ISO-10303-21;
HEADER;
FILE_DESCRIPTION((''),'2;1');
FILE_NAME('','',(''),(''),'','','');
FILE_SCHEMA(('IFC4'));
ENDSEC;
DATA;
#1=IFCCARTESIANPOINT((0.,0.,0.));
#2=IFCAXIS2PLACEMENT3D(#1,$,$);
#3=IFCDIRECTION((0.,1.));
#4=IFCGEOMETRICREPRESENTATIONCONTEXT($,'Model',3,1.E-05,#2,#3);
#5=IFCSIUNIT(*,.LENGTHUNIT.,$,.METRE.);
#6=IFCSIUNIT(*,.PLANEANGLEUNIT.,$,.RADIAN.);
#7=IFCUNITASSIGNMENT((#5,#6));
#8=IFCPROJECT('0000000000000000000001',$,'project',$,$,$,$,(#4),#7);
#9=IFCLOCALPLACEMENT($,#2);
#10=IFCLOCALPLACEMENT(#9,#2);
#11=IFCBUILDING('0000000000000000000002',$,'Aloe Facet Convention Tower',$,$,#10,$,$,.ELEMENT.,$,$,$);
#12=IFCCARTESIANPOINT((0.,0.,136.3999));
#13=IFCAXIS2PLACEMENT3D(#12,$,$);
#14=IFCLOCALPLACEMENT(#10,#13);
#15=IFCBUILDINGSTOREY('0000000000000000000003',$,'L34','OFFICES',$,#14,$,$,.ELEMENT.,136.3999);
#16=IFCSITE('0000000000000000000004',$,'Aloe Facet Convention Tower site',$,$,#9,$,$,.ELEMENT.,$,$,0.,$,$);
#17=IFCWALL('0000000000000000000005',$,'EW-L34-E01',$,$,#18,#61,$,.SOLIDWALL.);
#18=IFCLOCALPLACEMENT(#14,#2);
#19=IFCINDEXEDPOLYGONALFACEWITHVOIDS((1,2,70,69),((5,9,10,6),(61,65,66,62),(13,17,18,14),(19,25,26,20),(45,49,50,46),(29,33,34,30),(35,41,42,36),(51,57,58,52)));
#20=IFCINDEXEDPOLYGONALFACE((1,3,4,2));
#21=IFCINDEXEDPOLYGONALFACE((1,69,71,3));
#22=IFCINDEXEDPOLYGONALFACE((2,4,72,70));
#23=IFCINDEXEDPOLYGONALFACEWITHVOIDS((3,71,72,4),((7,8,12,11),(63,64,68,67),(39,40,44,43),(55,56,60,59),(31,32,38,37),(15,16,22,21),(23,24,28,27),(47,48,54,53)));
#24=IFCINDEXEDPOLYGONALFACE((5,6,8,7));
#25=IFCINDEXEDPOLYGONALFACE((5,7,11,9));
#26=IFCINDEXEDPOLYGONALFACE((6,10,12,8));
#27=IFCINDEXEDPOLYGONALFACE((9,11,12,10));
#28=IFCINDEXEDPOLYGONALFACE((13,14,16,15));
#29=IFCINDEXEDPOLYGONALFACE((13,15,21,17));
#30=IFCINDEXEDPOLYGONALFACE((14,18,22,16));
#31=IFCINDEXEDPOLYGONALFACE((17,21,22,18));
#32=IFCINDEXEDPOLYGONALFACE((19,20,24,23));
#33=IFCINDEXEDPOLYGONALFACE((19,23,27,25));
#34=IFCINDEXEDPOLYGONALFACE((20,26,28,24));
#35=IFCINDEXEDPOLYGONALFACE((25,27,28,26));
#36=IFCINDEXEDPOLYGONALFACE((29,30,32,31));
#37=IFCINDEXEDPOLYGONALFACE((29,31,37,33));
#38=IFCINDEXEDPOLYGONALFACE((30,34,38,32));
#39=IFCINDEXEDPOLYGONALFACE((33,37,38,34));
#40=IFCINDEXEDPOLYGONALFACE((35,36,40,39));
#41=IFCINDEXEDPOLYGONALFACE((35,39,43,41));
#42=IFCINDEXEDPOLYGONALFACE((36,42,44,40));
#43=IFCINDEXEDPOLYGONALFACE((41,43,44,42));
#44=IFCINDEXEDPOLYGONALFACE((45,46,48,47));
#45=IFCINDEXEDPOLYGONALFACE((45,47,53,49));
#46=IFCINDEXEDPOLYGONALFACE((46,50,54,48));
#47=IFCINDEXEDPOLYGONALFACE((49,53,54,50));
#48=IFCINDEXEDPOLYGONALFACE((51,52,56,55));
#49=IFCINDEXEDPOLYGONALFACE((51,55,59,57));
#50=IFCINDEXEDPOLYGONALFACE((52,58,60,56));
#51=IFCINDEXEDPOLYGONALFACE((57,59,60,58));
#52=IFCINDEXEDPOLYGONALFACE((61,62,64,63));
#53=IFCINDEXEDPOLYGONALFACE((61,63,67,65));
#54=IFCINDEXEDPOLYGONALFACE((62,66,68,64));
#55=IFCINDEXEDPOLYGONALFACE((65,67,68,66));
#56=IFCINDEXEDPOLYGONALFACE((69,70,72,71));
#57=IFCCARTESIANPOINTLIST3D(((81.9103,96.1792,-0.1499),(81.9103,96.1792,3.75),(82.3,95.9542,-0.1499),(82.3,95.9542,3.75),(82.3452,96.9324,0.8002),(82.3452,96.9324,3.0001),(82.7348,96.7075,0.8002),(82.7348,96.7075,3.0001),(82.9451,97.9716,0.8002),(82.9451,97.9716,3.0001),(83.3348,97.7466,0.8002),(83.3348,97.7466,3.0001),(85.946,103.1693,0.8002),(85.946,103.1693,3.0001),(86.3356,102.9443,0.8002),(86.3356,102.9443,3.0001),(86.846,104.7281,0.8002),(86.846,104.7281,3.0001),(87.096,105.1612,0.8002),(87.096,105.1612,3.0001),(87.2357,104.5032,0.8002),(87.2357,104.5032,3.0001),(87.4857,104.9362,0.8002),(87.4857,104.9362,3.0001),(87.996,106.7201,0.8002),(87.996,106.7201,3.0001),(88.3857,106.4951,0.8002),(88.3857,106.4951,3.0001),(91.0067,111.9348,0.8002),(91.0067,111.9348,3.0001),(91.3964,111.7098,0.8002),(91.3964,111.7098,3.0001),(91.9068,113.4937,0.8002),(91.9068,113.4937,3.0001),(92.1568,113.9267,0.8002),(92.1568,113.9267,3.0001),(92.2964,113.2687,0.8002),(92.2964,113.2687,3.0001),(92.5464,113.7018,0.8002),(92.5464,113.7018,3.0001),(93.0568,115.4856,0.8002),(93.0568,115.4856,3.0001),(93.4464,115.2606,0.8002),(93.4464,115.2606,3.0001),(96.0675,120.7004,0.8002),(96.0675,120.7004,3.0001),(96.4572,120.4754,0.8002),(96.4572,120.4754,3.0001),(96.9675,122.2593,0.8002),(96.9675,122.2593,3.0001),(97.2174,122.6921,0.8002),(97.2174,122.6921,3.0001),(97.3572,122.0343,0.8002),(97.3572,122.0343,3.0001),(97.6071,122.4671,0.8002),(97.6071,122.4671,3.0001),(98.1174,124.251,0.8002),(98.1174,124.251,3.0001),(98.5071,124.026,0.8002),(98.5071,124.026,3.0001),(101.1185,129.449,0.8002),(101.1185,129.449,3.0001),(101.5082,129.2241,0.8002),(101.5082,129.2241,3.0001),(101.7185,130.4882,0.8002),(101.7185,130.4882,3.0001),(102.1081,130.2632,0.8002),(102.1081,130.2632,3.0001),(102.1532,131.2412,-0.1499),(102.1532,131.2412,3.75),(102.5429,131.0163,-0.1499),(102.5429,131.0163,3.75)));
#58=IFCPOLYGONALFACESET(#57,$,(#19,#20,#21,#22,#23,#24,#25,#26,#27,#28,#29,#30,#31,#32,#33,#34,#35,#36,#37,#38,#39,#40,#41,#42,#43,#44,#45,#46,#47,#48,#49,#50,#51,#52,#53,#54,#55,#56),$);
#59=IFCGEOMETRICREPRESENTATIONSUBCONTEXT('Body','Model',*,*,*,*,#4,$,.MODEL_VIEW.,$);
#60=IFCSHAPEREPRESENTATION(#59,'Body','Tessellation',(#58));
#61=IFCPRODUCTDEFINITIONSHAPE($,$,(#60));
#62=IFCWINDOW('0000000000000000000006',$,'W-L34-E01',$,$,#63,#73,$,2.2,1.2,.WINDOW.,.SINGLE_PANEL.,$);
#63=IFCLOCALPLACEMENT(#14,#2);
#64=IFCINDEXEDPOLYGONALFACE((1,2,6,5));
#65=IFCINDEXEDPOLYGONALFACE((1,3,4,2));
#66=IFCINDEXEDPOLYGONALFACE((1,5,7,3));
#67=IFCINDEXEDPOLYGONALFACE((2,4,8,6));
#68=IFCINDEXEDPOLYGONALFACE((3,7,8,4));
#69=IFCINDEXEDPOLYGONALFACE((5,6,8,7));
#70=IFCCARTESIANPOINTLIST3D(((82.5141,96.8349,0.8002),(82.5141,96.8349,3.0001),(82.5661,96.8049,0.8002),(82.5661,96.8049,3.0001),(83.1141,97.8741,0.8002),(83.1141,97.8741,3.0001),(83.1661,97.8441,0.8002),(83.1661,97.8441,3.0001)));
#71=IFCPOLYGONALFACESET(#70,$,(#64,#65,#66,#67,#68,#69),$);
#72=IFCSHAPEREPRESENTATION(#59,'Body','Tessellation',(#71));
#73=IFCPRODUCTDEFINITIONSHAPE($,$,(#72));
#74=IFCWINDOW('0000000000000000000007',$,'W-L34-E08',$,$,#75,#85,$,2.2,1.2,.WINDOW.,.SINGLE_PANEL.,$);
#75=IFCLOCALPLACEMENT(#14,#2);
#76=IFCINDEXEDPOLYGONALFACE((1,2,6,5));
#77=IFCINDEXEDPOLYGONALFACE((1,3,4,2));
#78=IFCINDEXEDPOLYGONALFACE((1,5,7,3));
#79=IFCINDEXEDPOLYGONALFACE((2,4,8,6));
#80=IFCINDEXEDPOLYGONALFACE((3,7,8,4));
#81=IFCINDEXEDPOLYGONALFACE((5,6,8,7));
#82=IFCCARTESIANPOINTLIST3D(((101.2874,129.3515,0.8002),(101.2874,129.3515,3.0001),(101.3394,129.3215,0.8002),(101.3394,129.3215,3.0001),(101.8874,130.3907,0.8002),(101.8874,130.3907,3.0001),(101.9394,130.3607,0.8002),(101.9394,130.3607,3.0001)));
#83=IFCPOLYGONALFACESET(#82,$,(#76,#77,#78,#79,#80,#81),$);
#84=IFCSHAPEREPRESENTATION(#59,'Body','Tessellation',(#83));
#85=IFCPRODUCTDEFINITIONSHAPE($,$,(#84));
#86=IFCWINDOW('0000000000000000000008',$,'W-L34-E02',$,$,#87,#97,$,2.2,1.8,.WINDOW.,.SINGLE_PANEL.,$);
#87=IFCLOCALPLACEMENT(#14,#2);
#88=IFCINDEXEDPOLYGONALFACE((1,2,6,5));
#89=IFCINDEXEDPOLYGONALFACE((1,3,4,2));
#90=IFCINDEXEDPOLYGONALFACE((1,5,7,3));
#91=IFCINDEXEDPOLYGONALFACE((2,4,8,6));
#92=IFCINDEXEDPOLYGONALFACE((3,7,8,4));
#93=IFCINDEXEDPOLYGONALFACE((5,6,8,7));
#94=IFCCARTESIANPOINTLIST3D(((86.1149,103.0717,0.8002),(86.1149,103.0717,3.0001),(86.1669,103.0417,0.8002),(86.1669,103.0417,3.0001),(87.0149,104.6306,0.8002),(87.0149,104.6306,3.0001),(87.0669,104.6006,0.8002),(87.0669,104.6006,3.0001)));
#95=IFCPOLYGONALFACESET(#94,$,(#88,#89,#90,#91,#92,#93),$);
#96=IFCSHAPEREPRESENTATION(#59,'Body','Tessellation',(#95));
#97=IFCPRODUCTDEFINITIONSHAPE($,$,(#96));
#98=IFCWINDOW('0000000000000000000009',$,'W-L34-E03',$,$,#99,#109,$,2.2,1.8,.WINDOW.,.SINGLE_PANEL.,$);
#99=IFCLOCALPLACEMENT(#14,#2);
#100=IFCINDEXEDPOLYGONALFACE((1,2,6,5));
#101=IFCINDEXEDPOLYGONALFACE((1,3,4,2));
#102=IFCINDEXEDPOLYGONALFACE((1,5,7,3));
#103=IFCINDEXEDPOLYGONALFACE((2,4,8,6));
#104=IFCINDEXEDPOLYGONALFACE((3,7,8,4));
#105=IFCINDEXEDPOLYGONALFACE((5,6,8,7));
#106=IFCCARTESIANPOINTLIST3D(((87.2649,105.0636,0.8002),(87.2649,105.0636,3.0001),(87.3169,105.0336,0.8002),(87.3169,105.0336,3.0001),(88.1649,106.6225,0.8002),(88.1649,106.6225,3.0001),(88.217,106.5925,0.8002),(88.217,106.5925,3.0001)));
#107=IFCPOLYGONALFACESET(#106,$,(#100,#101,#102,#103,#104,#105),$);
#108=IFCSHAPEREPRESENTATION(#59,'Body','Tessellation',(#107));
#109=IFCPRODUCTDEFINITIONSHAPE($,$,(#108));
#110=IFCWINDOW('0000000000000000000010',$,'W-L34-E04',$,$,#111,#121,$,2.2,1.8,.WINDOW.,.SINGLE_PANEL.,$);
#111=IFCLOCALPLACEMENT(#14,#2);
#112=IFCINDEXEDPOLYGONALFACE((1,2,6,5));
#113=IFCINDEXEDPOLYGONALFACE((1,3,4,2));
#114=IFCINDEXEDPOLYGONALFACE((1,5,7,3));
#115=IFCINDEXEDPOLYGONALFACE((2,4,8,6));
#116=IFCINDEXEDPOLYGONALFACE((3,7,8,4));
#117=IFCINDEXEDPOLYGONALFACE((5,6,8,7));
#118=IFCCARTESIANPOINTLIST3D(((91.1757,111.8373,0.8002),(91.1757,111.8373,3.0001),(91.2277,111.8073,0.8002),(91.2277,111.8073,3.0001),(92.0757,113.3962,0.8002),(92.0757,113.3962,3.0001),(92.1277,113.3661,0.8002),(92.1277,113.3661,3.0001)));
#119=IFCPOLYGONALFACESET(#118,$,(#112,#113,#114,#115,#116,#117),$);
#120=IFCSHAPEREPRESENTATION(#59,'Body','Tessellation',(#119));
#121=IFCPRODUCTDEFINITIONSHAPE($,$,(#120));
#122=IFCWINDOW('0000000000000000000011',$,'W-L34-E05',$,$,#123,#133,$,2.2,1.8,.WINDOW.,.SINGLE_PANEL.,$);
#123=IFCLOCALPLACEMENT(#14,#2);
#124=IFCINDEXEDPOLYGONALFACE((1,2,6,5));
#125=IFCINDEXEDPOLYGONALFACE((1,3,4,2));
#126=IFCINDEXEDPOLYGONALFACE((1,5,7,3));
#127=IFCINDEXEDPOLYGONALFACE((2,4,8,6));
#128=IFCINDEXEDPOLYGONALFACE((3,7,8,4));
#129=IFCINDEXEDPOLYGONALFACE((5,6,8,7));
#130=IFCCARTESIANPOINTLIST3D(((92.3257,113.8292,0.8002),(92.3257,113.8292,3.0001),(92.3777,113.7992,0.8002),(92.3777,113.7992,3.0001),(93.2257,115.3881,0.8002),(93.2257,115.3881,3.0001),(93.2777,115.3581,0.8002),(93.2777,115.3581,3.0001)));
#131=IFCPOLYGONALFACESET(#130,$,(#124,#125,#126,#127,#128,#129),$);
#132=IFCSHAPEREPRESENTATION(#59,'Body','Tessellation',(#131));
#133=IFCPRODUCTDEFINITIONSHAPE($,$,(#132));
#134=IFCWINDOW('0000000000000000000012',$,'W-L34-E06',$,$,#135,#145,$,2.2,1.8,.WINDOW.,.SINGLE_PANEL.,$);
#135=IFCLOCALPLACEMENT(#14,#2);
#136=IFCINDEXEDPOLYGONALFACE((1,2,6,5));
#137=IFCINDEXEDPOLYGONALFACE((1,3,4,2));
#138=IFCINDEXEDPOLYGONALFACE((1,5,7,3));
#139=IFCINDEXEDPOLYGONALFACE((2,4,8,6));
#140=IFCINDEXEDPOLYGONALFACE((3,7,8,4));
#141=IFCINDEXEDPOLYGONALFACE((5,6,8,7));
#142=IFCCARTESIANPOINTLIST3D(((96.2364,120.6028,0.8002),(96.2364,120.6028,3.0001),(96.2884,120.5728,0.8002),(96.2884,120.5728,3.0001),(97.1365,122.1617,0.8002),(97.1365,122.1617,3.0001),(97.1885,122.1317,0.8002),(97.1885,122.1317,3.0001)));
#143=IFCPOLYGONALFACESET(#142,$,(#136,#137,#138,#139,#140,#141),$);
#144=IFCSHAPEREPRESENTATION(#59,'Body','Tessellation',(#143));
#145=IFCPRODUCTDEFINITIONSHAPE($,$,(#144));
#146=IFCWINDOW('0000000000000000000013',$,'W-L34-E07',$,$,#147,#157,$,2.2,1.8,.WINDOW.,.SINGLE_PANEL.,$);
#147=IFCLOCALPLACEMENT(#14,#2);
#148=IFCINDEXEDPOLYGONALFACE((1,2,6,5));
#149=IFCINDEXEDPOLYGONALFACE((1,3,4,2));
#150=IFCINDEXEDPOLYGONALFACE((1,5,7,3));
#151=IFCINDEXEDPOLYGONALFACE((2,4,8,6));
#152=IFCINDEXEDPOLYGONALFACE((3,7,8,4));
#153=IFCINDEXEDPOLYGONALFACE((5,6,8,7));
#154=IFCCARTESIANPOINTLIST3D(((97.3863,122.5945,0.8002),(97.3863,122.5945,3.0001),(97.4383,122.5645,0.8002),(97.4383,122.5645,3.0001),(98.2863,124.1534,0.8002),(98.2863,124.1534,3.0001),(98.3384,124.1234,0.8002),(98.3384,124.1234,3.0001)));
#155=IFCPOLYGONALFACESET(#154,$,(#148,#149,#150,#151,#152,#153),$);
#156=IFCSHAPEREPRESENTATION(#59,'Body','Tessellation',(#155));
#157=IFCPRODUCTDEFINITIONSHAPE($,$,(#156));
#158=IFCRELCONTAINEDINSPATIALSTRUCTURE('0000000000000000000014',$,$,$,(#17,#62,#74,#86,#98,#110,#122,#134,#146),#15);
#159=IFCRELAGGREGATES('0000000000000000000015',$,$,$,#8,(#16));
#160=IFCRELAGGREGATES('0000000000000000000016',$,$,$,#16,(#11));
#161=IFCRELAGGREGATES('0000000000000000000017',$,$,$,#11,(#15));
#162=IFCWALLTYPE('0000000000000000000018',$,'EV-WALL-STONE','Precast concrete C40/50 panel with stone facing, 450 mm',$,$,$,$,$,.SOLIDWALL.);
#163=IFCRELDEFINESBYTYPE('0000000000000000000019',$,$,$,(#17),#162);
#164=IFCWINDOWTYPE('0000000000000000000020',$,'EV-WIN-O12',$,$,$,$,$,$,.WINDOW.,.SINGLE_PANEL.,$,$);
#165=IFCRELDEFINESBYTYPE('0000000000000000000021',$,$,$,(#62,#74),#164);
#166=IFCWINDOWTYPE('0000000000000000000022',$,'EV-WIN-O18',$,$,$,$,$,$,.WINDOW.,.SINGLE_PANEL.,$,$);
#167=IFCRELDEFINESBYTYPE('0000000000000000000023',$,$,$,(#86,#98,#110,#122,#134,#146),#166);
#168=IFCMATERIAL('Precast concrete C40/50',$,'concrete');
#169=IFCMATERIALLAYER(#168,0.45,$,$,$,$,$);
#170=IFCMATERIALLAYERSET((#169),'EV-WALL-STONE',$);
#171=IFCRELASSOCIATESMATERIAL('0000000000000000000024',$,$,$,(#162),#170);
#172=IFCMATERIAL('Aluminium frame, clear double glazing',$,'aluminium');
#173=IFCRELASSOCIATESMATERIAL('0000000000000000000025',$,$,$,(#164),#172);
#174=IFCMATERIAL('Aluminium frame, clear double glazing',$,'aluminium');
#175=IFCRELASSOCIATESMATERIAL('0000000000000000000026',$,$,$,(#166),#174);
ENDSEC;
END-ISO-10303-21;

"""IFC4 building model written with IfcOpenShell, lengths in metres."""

from ifc_helpers import new_model, si_unit, direction, frame, frame_2d, origin, place, context, subcontext, project, spatial, polyline, rectangle, outline, extrude, material, layer, layer_set, type_object, element, fill, save


model = new_model("IFC4")

# Units and contexts
model_context = context("Model", 3, precision=1e-05, world=origin(), true_north=direction((0.0, 1.0)))
body_context = subcontext(model_context, "Body", "Model", "MODEL_VIEW")
ifc_project = project(units=[si_unit("LENGTHUNIT", "METRE"), si_unit("PLANEANGLEUNIT", "RADIAN")], contexts=[model_context])

# Site, building, storey
site_placement = place(None, origin())
site = spatial("IfcSite", under=ifc_project, at=site_placement, Name="Aloe Facet Convention Tower site", CompositionType="ELEMENT", RefElevation=0.0)
building_placement = place(site_placement, origin())
building = spatial("IfcBuilding", under=site, at=building_placement, Name="Aloe Facet Convention Tower", CompositionType="ELEMENT")
storey_placement = place(building_placement, frame((0.0, 0.0, 136.3999)))
storey = spatial("IfcBuildingStorey", under=building, at=storey_placement, Name="L34", Description="OFFICES", CompositionType="ELEMENT", Elevation=136.3999)

# Wall, openings, windows
ifc_material_1 = material(Name="Precast concrete C40/50", Category="concrete")
ifc_layer_1 = layer(ifc_material_1, 0.45)
ifc_layer_set_1 = layer_set([ifc_layer_1], Name="EV-WALL-STONE")
wall_type_1 = type_object("IfcWallType", Name="EV-WALL-STONE", Description="Precast concrete C40/50 panel with stone facing, 450 mm", PredefinedType="SOLIDWALL", material=ifc_layer_set_1)
wall_1_placement = place(storey_placement, frame((82.1052, 96.0667, -0.1499), z_axis=(0.0, 0.0, 1.0), x_axis=(0.499997, 0.866027, 0.0)))
wall_1 = element("IfcWall", 1, at=wall_1_placement, inside=storey, type_object=wall_type_1, Name="EW-L34-E01", PredefinedType="SOLIDWALL", context=body_context, shape_type="SweptSolid", body=[
    extrude(outline(polyline([(40.4861, 0.0), (40.4861, 3.8999), (0.0, 3.8999), (0.0, 0.0), (40.4861, 0.0)])), frame((0.0, 0.2251, 0.0), z_axis=(0.0, -1.0, 0.0), x_axis=(1.0, 0.0, 0.0)), (0.0, 0.0, 1.0), 0.45),
])
opening_1_placement = place(wall_1_placement, frame((0.8696, 0.0, 0.95)))
opening_1 = element("IfcOpeningElement", 2, at=opening_1_placement, cuts=wall_1, PredefinedType="OPENING", context=body_context, shape_type="SweptSolid", body=[
    extrude(rectangle(XDim=1.2, YDim=2.2, at=frame_2d((0.6001, 1.1001))), frame((0.0, 0.2349, 0.0), z_axis=(0.0, -1.0, 0.0), x_axis=(1.0, 0.0, 0.0)), (0.0, 0.0, 1.0), 0.47),
])
opening_2_placement = place(wall_1_placement, frame((8.0715, 0.0, 0.95)))
opening_2 = element("IfcOpeningElement", 3, at=opening_2_placement, cuts=wall_1, PredefinedType="OPENING", context=body_context, shape_type="SweptSolid", body=[
    extrude(rectangle(XDim=1.8, YDim=2.2, at=frame_2d((0.8999, 1.1001))), frame((0.0, 0.2349, 0.0), z_axis=(0.0, -1.0, 0.0), x_axis=(1.0, 0.0, 0.0)), (0.0, 0.0, 1.0), 0.47),
])
opening_3_placement = place(wall_1_placement, frame((10.3716, 0.0, 0.95)))
opening_3 = element("IfcOpeningElement", 4, at=opening_3_placement, cuts=wall_1, PredefinedType="OPENING", context=body_context, shape_type="SweptSolid", body=[
    extrude(rectangle(XDim=1.8, YDim=2.2, at=frame_2d((0.8999, 1.1001))), frame((0.0, 0.2349, 0.0), z_axis=(0.0, -1.0, 0.0), x_axis=(1.0, 0.0, 0.0)), (0.0, 0.0, 1.0), 0.47),
])
opening_4_placement = place(wall_1_placement, frame((18.1931, 0.0, 0.95)))
opening_4 = element("IfcOpeningElement", 5, at=opening_4_placement, cuts=wall_1, PredefinedType="OPENING", context=body_context, shape_type="SweptSolid", body=[
    extrude(rectangle(XDim=1.8, YDim=2.2, at=frame_2d((0.8999, 1.1001))), frame((0.0, 0.2349, 0.0), z_axis=(0.0, -1.0, 0.0), x_axis=(1.0, 0.0, 0.0)), (0.0, 0.0, 1.0), 0.47),
])
opening_5_placement = place(wall_1_placement, frame((20.4932, 0.0, 0.95)))
opening_5 = element("IfcOpeningElement", 6, at=opening_5_placement, cuts=wall_1, PredefinedType="OPENING", context=body_context, shape_type="SweptSolid", body=[
    extrude(rectangle(XDim=1.8, YDim=2.2, at=frame_2d((0.8999, 1.1001))), frame((0.0, 0.2349, 0.0), z_axis=(0.0, -1.0, 0.0), x_axis=(1.0, 0.0, 0.0)), (0.0, 0.0, 1.0), 0.47),
])
opening_6_placement = place(wall_1_placement, frame((28.3147, 0.0, 0.95)))
opening_6 = element("IfcOpeningElement", 7, at=opening_6_placement, cuts=wall_1, PredefinedType="OPENING", context=body_context, shape_type="SweptSolid", body=[
    extrude(rectangle(XDim=1.8, YDim=2.2, at=frame_2d((0.8999, 1.1001))), frame((0.0, 0.2349, 0.0), z_axis=(0.0, -1.0, 0.0), x_axis=(1.0, 0.0, 0.0)), (0.0, 0.0, 1.0), 0.47),
])
opening_7_placement = place(wall_1_placement, frame((30.6145, 0.0, 0.95)))
opening_7 = element("IfcOpeningElement", 8, at=opening_7_placement, cuts=wall_1, PredefinedType="OPENING", context=body_context, shape_type="SweptSolid", body=[
    extrude(rectangle(XDim=1.8, YDim=2.2, at=frame_2d((0.8999, 1.1001))), frame((0.0, 0.2349, 0.0), z_axis=(0.0, -1.0, 0.0), x_axis=(1.0, 0.0, 0.0)), (0.0, 0.0, 1.0), 0.47),
])
opening_8_placement = place(wall_1_placement, frame((38.4165, 0.0, 0.95)))
opening_8 = element("IfcOpeningElement", 9, at=opening_8_placement, cuts=wall_1, PredefinedType="OPENING", context=body_context, shape_type="SweptSolid", body=[
    extrude(rectangle(XDim=1.2, YDim=2.2, at=frame_2d((0.6001, 1.1001))), frame((0.0, 0.2349, 0.0), z_axis=(0.0, -1.0, 0.0), x_axis=(1.0, 0.0, 0.0)), (0.0, 0.0, 1.0), 0.47),
])
ifc_material_2 = material(Name="Aluminium frame, clear double glazing", Category="aluminium")
window_type_1 = type_object("IfcWindowType", Name="EV-WIN-O12", PartitioningType="SINGLE_PANEL", PredefinedType="WINDOW", material=ifc_material_2)
window_1_placement = place(opening_1_placement, origin())
window_1 = element("IfcWindow", 10, at=window_1_placement, inside=storey, type_object=window_type_1, Name="W-L34-E01", OverallHeight=2.2, OverallWidth=1.2, PartitioningType="SINGLE_PANEL", PredefinedType="WINDOW", context=body_context, shape_type="SweptSolid", body=[
    extrude(rectangle(XDim=1.2, YDim=2.2, at=frame_2d((0.6001, 1.1001))), frame((0.0, 0.03, 0.0), z_axis=(0.0, -1.0, 0.0), x_axis=(1.0, 0.0, 0.0)), (0.0, 0.0, 1.0), 0.0601),
])
fill(opening_1, window_1)
window_2_placement = place(opening_8_placement, origin())
window_2 = element("IfcWindow", 11, at=window_2_placement, inside=storey, type_object=window_type_1, Name="W-L34-E08", OverallHeight=2.2, OverallWidth=1.2, PartitioningType="SINGLE_PANEL", PredefinedType="WINDOW", context=body_context, shape_type="SweptSolid", body=[
    extrude(rectangle(XDim=1.2, YDim=2.2, at=frame_2d((0.6001, 1.1001))), frame((0.0, 0.03, 0.0), z_axis=(0.0, -1.0, 0.0), x_axis=(1.0, 0.0, 0.0)), (0.0, 0.0, 1.0), 0.0601),
])
fill(opening_8, window_2)
ifc_material_3 = material(Name="Aluminium frame, clear double glazing", Category="aluminium")
window_type_2 = type_object("IfcWindowType", Name="EV-WIN-O18", PartitioningType="SINGLE_PANEL", PredefinedType="WINDOW", material=ifc_material_3)
window_3_placement = place(opening_2_placement, origin())
window_3 = element("IfcWindow", 12, at=window_3_placement, inside=storey, type_object=window_type_2, Name="W-L34-E02", OverallHeight=2.2, OverallWidth=1.8, PartitioningType="SINGLE_PANEL", PredefinedType="WINDOW", context=body_context, shape_type="SweptSolid", body=[
    extrude(rectangle(XDim=1.8, YDim=2.2, at=frame_2d((0.8999, 1.1001))), frame((0.0, 0.03, 0.0), z_axis=(0.0, -1.0, 0.0), x_axis=(1.0, 0.0, 0.0)), (0.0, 0.0, 1.0), 0.0601),
])
fill(opening_2, window_3)
window_4_placement = place(opening_3_placement, origin())
window_4 = element("IfcWindow", 13, at=window_4_placement, inside=storey, type_object=window_type_2, Name="W-L34-E03", OverallHeight=2.2, OverallWidth=1.8, PartitioningType="SINGLE_PANEL", PredefinedType="WINDOW", context=body_context, shape_type="SweptSolid", body=[
    extrude(rectangle(XDim=1.8, YDim=2.2, at=frame_2d((0.8999, 1.1001))), frame((0.0, 0.03, 0.0), z_axis=(0.0, -1.0, 0.0), x_axis=(1.0, 0.0, 0.0)), (0.0, 0.0, 1.0), 0.0601),
])
fill(opening_3, window_4)
window_5_placement = place(opening_4_placement, origin())
window_5 = element("IfcWindow", 14, at=window_5_placement, inside=storey, type_object=window_type_2, Name="W-L34-E04", OverallHeight=2.2, OverallWidth=1.8, PartitioningType="SINGLE_PANEL", PredefinedType="WINDOW", context=body_context, shape_type="SweptSolid", body=[
    extrude(rectangle(XDim=1.8, YDim=2.2, at=frame_2d((0.8999, 1.1001))), frame((0.0, 0.03, 0.0), z_axis=(0.0, -1.0, 0.0), x_axis=(1.0, 0.0, 0.0)), (0.0, 0.0, 1.0), 0.0601),
])
fill(opening_4, window_5)
window_6_placement = place(opening_5_placement, origin())
window_6 = element("IfcWindow", 15, at=window_6_placement, inside=storey, type_object=window_type_2, Name="W-L34-E05", OverallHeight=2.2, OverallWidth=1.8, PartitioningType="SINGLE_PANEL", PredefinedType="WINDOW", context=body_context, shape_type="SweptSolid", body=[
    extrude(rectangle(XDim=1.8, YDim=2.2, at=frame_2d((0.8999, 1.1001))), frame((0.0, 0.03, 0.0), z_axis=(0.0, -1.0, 0.0), x_axis=(1.0, 0.0, 0.0)), (0.0, 0.0, 1.0), 0.0601),
])
fill(opening_5, window_6)
window_7_placement = place(opening_6_placement, origin())
window_7 = element("IfcWindow", 16, at=window_7_placement, inside=storey, type_object=window_type_2, Name="W-L34-E06", OverallHeight=2.2, OverallWidth=1.8, PartitioningType="SINGLE_PANEL", PredefinedType="WINDOW", context=body_context, shape_type="SweptSolid", body=[
    extrude(rectangle(XDim=1.8, YDim=2.2, at=frame_2d((0.8999, 1.1001))), frame((0.0, 0.03, 0.0), z_axis=(0.0, -1.0, 0.0), x_axis=(1.0, 0.0, 0.0)), (0.0, 0.0, 1.0), 0.0601),
])
fill(opening_6, window_7)
window_8_placement = place(opening_7_placement, origin())
window_8 = element("IfcWindow", 17, at=window_8_placement, inside=storey, type_object=window_type_2, Name="W-L34-E07", OverallHeight=2.2, OverallWidth=1.8, PartitioningType="SINGLE_PANEL", PredefinedType="WINDOW", context=body_context, shape_type="SweptSolid", body=[
    extrude(rectangle(XDim=1.8, YDim=2.2, at=frame_2d((0.8999, 1.1001))), frame((0.0, 0.03, 0.0), z_axis=(0.0, -1.0, 0.0), x_axis=(1.0, 0.0, 0.0)), (0.0, 0.0, 1.0), 0.0601),
])
fill(opening_7, window_8)

save(model, "model.ifc")
